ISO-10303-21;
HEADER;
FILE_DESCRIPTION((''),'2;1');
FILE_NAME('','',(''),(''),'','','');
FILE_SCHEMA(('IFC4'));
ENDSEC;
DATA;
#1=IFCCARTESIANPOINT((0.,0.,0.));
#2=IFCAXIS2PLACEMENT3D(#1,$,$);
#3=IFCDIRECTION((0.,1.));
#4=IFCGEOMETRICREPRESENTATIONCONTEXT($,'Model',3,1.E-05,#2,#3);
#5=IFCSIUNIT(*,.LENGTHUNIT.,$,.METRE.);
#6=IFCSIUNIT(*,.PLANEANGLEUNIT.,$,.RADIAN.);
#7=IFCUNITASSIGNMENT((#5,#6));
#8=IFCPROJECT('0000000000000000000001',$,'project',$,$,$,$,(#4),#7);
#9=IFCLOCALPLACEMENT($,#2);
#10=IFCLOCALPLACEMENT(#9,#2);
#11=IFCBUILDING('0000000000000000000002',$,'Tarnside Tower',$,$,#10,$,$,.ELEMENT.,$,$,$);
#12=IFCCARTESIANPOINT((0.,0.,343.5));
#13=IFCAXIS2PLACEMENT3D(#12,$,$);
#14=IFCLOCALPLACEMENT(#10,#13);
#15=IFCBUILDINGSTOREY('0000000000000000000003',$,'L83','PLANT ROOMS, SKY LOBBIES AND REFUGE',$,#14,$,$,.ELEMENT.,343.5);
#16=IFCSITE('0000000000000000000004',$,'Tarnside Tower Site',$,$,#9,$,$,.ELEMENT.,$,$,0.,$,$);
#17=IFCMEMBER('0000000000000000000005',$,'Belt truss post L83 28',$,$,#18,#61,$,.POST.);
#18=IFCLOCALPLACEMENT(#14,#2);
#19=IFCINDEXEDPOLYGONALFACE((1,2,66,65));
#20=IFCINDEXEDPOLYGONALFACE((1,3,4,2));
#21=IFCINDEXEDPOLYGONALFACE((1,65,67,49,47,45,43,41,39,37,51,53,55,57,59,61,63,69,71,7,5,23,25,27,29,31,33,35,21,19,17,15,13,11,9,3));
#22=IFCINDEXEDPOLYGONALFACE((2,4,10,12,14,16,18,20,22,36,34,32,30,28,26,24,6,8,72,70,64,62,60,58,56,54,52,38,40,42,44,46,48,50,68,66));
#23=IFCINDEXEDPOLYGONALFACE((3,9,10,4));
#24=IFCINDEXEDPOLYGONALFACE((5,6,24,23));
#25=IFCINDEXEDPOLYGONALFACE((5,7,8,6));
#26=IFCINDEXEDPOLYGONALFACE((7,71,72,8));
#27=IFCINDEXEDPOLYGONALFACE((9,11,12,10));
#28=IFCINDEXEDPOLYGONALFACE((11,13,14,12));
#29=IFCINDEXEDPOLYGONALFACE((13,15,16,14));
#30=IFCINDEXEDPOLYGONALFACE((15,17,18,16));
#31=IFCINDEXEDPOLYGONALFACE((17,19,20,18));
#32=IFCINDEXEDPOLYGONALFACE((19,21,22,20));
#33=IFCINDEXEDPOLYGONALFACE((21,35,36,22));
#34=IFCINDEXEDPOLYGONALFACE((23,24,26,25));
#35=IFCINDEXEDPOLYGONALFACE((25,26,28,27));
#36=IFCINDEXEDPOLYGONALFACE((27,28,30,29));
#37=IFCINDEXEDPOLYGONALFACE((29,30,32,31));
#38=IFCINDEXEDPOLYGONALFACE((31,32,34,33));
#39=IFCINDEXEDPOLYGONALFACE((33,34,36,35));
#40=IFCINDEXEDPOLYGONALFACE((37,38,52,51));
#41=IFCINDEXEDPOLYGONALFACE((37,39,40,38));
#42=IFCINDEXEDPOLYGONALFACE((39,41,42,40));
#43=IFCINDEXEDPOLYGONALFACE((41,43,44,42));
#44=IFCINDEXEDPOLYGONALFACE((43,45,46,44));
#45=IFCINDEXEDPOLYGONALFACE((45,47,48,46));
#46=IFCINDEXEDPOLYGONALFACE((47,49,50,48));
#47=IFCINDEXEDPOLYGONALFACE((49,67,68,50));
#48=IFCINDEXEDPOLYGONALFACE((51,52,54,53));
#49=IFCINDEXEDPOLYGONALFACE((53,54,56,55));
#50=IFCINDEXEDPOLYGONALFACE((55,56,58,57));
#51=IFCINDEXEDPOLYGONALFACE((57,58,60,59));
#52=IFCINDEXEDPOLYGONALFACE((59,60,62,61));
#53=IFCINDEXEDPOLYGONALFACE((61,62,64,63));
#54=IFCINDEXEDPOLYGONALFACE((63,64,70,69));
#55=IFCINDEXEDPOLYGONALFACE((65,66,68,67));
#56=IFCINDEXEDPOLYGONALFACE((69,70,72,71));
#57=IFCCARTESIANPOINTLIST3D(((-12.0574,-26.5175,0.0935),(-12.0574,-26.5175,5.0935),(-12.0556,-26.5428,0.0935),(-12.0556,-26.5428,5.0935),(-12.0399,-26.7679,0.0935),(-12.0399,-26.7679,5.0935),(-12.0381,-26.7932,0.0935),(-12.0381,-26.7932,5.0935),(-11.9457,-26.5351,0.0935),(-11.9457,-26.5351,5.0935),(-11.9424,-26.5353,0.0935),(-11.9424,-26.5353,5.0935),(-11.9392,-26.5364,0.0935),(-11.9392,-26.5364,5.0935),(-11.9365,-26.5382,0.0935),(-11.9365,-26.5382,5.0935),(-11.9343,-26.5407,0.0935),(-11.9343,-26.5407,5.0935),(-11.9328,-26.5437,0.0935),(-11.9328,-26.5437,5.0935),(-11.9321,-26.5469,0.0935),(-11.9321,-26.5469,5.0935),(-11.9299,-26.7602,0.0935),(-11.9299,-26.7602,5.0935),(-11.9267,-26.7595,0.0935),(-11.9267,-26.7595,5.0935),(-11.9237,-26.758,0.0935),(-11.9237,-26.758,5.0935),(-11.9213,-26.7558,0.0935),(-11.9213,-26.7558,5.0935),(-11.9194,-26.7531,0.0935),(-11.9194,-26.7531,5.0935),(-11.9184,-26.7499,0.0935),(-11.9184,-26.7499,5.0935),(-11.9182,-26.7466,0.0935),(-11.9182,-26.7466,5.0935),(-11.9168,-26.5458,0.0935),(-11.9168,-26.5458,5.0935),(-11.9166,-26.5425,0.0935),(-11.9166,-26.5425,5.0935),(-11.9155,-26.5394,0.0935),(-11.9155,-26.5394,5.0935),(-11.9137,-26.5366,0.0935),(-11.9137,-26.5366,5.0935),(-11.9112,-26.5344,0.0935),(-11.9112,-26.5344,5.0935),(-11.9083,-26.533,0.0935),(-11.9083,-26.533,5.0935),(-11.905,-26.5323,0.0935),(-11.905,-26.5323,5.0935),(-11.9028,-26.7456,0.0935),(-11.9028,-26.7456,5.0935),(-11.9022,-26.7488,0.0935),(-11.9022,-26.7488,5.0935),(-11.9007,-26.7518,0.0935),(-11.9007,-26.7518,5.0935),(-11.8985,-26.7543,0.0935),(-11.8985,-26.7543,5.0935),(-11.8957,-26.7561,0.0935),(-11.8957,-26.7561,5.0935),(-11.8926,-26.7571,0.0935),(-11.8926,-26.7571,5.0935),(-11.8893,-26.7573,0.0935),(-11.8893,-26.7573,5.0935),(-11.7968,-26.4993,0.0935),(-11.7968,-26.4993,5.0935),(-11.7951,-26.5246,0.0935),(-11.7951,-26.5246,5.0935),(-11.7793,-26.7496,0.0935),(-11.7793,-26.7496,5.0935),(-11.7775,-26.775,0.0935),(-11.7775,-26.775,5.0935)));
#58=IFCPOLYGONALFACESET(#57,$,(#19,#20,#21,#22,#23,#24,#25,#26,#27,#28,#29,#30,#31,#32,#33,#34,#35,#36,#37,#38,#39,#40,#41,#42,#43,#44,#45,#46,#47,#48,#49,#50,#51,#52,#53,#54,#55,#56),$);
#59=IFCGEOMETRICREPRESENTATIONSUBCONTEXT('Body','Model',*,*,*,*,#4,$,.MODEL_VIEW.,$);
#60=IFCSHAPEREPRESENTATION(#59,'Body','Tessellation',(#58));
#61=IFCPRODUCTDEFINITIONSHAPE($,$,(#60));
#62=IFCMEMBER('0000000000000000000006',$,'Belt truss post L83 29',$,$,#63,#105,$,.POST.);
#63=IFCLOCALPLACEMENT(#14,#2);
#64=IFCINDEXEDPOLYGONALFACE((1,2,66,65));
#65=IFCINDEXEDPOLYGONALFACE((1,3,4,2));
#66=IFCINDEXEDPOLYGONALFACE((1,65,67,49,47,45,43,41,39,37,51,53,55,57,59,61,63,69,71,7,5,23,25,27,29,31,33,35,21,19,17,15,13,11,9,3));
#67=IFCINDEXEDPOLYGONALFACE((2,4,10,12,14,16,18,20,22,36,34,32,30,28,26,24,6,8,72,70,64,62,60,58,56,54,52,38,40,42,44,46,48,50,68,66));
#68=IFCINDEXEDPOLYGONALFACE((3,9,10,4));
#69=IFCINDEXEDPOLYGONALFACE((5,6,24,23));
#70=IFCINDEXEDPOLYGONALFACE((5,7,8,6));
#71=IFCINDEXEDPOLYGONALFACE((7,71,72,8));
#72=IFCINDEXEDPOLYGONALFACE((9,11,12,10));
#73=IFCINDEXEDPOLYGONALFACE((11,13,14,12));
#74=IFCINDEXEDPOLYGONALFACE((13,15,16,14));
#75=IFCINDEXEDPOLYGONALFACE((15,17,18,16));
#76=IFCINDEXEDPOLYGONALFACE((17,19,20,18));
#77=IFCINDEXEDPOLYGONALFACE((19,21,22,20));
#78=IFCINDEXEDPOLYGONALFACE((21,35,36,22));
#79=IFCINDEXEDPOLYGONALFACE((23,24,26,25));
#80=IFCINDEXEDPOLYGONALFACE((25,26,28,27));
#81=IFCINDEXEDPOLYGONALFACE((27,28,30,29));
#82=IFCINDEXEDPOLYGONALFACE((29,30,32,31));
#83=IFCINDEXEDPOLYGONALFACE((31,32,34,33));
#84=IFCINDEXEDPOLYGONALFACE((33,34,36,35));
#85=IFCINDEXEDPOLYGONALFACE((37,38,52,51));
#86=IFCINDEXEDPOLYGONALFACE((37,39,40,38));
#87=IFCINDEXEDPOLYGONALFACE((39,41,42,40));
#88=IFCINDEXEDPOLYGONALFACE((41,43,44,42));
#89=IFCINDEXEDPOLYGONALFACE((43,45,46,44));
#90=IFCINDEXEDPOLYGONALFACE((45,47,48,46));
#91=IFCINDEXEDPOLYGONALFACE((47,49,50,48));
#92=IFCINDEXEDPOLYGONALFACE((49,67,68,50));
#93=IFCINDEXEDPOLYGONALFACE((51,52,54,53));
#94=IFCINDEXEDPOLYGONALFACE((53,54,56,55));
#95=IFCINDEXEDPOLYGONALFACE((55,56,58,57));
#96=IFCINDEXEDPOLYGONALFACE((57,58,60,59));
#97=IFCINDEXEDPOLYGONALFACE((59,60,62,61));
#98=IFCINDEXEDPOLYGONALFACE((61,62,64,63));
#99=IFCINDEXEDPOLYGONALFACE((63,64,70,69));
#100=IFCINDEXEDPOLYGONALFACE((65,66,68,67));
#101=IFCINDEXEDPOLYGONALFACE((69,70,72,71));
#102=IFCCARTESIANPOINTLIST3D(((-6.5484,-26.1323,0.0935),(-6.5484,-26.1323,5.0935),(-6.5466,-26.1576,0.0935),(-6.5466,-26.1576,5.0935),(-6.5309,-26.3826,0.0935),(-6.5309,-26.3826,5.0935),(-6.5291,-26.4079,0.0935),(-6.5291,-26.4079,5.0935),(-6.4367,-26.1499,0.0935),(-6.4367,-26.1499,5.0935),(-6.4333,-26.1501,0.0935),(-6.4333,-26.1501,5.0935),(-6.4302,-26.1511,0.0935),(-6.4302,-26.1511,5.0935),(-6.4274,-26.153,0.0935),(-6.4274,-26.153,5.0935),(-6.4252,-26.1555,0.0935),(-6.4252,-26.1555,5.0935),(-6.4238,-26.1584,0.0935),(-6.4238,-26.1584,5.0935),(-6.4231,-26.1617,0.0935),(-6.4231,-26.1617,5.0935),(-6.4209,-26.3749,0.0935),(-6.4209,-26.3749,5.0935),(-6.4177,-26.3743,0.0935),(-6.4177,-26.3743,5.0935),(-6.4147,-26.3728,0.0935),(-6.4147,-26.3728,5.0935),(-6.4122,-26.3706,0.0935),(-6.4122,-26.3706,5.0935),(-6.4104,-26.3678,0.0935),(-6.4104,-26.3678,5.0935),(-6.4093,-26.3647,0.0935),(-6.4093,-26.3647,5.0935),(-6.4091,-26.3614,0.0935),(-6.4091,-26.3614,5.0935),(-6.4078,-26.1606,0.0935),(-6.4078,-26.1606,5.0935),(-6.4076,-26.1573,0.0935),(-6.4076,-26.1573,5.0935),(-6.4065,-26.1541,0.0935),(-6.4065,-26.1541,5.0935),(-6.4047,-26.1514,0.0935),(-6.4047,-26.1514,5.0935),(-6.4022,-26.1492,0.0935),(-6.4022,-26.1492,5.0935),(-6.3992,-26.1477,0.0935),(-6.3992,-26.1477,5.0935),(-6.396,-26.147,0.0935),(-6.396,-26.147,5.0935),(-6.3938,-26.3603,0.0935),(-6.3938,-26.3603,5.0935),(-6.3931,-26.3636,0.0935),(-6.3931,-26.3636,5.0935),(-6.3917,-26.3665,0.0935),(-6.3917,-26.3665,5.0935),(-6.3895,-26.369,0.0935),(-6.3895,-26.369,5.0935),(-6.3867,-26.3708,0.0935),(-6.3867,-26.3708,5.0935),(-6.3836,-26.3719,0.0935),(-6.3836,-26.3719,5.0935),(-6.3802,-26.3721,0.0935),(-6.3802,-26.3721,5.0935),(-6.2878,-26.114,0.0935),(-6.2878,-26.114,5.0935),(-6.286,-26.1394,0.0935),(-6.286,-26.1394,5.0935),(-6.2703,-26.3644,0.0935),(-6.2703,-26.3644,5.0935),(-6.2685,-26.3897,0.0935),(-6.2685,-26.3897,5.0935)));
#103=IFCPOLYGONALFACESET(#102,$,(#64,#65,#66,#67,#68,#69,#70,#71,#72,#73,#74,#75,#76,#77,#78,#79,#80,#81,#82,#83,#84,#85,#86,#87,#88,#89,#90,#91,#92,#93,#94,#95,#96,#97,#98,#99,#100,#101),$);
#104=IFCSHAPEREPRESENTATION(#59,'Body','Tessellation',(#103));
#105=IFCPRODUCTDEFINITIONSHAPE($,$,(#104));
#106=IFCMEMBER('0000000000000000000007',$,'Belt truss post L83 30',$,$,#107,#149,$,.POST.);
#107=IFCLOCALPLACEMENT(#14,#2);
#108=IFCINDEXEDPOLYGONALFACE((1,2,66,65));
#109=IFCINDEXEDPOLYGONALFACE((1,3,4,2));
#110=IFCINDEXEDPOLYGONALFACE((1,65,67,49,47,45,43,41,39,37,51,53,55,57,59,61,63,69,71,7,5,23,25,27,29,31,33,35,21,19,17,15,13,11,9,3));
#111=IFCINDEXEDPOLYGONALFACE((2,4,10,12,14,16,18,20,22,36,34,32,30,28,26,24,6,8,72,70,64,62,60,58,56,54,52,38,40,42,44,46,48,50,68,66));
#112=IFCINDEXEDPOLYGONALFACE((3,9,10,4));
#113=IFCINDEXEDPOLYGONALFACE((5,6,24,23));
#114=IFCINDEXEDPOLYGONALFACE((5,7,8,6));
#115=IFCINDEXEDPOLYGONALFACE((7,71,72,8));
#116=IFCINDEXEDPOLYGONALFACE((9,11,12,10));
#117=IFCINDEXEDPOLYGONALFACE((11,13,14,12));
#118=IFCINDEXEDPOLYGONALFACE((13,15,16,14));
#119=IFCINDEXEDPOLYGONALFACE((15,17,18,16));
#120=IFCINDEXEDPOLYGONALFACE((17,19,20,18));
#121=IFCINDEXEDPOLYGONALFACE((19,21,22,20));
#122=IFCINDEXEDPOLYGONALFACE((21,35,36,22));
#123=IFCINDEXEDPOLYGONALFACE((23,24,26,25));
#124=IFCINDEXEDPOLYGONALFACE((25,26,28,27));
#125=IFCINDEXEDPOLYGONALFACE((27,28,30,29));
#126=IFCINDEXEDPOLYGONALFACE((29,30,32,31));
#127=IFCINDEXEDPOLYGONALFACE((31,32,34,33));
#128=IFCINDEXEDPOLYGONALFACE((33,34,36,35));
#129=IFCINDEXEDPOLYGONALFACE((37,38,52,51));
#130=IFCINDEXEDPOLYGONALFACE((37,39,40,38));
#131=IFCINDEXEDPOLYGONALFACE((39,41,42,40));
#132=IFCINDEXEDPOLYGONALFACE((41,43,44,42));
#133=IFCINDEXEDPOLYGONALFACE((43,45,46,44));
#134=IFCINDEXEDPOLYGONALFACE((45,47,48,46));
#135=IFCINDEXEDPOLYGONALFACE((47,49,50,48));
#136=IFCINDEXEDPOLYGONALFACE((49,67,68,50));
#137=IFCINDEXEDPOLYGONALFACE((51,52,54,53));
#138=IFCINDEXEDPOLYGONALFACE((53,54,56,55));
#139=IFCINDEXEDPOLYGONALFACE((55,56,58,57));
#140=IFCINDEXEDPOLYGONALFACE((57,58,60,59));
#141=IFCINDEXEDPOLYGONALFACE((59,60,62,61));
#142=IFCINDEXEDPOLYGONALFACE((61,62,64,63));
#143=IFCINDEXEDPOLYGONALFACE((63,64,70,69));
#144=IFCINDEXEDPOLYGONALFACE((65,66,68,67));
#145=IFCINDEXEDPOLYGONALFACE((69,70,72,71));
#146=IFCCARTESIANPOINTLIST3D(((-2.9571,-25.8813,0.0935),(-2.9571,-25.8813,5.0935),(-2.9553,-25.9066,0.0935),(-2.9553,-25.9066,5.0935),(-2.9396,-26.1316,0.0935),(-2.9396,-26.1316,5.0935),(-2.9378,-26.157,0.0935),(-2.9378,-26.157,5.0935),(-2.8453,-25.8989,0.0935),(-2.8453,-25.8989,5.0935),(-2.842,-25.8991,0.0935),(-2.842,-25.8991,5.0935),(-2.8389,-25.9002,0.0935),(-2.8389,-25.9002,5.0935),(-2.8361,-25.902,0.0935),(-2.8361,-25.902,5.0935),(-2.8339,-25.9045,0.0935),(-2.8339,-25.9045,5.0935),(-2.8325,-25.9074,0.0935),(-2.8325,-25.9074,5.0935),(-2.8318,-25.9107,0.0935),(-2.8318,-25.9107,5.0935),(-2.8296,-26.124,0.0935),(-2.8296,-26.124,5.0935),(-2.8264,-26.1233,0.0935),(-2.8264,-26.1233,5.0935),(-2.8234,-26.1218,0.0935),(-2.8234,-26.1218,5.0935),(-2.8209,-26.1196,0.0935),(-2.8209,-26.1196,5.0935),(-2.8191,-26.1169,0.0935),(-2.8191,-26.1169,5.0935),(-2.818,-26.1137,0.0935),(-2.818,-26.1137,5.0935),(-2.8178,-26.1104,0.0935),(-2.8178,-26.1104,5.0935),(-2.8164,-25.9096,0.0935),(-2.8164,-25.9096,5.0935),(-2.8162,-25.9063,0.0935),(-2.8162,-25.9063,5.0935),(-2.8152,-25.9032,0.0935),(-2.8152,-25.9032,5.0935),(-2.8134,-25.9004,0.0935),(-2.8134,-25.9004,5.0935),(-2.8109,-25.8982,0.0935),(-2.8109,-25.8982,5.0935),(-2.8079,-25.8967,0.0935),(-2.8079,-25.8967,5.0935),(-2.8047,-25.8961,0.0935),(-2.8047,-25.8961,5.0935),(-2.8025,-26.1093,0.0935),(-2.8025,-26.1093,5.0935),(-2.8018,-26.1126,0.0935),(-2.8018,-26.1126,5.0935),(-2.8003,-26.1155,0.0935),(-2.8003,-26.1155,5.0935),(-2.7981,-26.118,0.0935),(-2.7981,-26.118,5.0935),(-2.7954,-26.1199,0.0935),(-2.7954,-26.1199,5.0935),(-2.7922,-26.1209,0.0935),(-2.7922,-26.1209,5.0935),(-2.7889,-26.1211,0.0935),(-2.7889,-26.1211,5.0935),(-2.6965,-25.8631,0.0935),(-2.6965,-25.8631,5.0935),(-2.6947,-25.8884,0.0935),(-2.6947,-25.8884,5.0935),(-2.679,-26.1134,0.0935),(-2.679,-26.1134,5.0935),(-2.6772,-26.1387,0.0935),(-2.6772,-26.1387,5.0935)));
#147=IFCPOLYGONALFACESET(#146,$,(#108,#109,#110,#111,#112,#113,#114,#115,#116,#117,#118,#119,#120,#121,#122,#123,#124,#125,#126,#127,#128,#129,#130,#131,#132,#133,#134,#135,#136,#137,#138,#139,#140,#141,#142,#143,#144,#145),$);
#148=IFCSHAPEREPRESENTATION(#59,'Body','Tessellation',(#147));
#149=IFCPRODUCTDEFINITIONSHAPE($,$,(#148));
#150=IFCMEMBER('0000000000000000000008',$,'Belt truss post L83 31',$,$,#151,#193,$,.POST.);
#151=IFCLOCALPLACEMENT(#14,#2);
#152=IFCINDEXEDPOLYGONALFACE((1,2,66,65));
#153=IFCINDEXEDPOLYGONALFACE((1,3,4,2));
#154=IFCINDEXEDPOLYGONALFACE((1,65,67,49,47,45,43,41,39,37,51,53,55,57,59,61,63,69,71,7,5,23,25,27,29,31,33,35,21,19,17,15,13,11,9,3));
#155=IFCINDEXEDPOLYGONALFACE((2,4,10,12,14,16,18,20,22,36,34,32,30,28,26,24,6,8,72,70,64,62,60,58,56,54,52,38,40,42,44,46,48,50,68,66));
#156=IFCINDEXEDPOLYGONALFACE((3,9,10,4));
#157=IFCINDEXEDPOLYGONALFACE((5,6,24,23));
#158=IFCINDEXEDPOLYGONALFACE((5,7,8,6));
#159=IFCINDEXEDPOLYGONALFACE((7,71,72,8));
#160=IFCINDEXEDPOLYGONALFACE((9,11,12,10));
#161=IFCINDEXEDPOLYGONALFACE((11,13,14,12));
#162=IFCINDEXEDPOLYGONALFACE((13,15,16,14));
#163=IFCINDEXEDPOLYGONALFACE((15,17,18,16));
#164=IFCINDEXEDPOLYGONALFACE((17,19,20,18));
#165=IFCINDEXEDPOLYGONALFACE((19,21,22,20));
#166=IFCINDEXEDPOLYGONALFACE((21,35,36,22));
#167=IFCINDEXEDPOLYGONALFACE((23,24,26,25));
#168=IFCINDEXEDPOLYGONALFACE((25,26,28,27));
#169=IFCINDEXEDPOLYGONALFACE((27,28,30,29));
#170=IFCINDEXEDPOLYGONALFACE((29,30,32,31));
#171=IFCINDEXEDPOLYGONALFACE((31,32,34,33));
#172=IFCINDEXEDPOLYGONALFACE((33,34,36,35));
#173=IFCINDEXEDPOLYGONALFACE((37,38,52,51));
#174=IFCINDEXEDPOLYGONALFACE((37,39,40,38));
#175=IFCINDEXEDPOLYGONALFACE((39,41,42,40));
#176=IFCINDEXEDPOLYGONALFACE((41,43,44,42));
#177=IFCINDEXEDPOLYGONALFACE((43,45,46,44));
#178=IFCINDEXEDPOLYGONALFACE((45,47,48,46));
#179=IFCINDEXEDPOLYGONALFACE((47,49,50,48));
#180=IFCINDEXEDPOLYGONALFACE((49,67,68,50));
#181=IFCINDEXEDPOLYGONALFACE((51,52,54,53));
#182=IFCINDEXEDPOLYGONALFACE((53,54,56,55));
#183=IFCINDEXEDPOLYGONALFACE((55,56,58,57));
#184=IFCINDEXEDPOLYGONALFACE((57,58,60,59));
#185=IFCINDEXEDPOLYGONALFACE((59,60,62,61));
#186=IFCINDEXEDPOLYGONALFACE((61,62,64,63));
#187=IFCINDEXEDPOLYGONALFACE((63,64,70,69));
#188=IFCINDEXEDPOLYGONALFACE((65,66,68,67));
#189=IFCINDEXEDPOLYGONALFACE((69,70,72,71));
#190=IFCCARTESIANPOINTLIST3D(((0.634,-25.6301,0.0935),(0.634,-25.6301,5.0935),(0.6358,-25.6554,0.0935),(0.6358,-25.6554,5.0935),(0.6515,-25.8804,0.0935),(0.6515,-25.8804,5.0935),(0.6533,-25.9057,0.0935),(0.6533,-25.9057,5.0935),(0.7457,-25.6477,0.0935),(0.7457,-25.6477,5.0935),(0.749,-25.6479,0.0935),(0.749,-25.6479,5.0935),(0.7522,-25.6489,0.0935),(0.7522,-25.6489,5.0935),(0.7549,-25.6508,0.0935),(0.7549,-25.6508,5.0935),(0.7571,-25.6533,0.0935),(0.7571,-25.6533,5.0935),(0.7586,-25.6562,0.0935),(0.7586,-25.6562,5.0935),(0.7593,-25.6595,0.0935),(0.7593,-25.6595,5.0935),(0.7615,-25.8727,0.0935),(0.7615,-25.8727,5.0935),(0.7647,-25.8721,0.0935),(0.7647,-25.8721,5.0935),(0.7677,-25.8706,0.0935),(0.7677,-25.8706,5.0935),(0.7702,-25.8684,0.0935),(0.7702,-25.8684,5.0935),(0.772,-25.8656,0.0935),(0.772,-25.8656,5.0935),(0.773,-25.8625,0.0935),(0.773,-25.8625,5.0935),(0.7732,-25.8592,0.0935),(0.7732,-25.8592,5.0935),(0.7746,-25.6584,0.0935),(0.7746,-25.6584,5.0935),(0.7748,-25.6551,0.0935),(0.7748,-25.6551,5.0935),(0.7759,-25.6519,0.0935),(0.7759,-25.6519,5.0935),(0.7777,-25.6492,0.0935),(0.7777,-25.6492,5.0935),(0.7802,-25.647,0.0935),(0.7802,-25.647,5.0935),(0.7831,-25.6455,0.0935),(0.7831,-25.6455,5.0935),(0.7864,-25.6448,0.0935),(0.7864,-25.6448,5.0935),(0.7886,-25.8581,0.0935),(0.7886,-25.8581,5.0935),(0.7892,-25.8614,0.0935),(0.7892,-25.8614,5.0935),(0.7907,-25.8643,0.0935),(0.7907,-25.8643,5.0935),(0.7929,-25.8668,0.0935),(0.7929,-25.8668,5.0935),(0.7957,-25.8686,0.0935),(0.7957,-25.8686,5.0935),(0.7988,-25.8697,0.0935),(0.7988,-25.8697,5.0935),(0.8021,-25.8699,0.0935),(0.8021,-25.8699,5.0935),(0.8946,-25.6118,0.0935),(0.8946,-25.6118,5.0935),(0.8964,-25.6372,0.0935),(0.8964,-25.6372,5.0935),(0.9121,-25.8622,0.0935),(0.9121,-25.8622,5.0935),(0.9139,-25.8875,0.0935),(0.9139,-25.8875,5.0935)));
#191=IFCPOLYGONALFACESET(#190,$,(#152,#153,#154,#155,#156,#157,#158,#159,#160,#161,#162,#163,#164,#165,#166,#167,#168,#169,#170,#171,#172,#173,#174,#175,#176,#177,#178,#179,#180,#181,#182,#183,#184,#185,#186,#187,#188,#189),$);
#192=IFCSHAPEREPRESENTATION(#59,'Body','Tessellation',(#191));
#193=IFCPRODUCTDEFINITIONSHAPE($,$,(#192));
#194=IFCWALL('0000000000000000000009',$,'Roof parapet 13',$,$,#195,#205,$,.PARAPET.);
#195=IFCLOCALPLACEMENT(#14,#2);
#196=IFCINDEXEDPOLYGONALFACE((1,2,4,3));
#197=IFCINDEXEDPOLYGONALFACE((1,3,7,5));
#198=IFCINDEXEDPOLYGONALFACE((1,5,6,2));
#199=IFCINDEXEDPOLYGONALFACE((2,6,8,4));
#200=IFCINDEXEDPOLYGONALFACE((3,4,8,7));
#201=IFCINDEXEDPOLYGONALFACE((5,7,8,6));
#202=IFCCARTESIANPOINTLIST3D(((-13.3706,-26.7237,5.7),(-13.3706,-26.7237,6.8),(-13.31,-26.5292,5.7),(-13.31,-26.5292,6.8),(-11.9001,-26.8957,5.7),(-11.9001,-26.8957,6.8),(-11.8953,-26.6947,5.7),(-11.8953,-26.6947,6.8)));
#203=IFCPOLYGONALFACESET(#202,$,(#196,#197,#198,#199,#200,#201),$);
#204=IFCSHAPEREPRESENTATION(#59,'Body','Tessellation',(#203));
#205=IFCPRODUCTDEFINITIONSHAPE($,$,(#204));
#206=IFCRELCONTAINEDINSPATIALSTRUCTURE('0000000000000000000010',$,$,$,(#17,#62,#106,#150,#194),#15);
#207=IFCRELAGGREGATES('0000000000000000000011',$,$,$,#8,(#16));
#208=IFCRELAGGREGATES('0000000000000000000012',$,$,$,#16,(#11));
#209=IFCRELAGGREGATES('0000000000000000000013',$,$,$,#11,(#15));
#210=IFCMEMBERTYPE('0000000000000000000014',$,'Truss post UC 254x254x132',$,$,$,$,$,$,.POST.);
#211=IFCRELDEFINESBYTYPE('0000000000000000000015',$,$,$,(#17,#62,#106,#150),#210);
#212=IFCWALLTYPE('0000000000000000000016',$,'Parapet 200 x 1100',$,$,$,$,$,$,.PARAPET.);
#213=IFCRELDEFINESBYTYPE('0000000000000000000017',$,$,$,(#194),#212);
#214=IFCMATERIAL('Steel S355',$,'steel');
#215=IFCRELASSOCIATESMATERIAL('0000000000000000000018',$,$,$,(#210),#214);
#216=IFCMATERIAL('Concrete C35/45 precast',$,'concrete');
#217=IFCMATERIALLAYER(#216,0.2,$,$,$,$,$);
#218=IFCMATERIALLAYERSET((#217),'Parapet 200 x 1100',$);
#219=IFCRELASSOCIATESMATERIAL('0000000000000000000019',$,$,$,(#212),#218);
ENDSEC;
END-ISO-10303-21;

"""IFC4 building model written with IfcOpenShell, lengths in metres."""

from ifc_helpers import new_model, si_unit, direction, frame, origin, origin_2d, place, context, subcontext, project, spatial, polyline, i_section, outline, extrude, material, layer, layer_set, material_profile, profile_set, type_object, element, save


model = new_model("IFC4")

# Units and contexts
model_context = context("Model", 3, precision=1e-05, world=origin(), true_north=direction((0.0, 1.0)))
body_context = subcontext(model_context, "Body", "Model", "MODEL_VIEW")
ifc_project = project(units=[si_unit("LENGTHUNIT", "METRE"), si_unit("PLANEANGLEUNIT", "RADIAN")], contexts=[model_context])

# Site, building, storey
site_placement = place(None, origin())
site = spatial("IfcSite", under=ifc_project, at=site_placement, Name="Tarnside Tower Site", CompositionType="ELEMENT", RefElevation=0.0)
building_placement = place(site_placement, origin())
building = spatial("IfcBuilding", under=site, at=building_placement, Name="Tarnside Tower", CompositionType="ELEMENT")
storey_placement = place(building_placement, frame((0.0, 0.0, 343.5)))
storey = spatial("IfcBuildingStorey", under=building, at=storey_placement, Name="L83", Description="PLANT ROOMS, SKY LOBBIES AND REFUGE", CompositionType="ELEMENT", Elevation=343.5)

# Shared definitions
ifc_material_1 = material(Name="Steel S355", Category="steel")

# Members
ifc_material_profile_1 = material_profile(ifc_material_1, i_section(OverallWidth=0.2612, OverallDepth=0.2764, WebThickness=0.0154, FlangeThickness=0.0254, FilletRadius=0.0127, at=origin_2d()), Name="UC 254x254x132")
ifc_profile_set_1 = profile_set([ifc_material_profile_1], Name="Steel S355")
member_type_1 = type_object("IfcMemberType", Name="Truss post UC 254x254x132", PredefinedType="POST", material=ifc_profile_set_1)
for number, where, z_axis, x_axis, name in (
    (1, (-11.9175, -26.6462, 0.0935), (0.0, 0.0, 1.0), (0.997564, 0.069756, 0.0), "Belt truss post L83 28"),
    (2, (-6.4084, -26.261, 0.0935), (0.0, 0.0, 1.0), (0.997564, 0.069756, 0.0), "Belt truss post L83 29"),
    (3, (-2.8171, -26.01, 0.0935), (0.0, 0.0, 1.0), (0.997564, 0.069756, 0.0), "Belt truss post L83 30"),
    (4, (0.7739, -25.7588, 0.0935), (0.0, 0.0, 1.0), (0.997564, 0.069756, 0.0), "Belt truss post L83 31"),
):
    element("IfcMember", number, at=place(storey_placement, frame(where, z_axis=z_axis, x_axis=x_axis)), inside=storey, type_object=member_type_1, Name=name, PredefinedType="POST", context=body_context, shape_type="SweptSolid", body=[
        extrude(i_section(OverallWidth=0.2612, OverallDepth=0.2764, WebThickness=0.0154, FlangeThickness=0.0254, FilletRadius=0.0127, at=origin_2d()), origin(), (0.0, 0.0, 1.0), 5.0),
    ])

# Wall
ifc_material_2 = material(Name="Concrete C35/45 precast", Category="concrete")
ifc_layer_1 = layer(ifc_material_2, 0.2)
ifc_layer_set_1 = layer_set([ifc_layer_1], Name="Parapet 200 x 1100")
wall_type_1 = type_object("IfcWallType", Name="Parapet 200 x 1100", PredefinedType="PARAPET", material=ifc_layer_set_1)
wall_1_placement = place(storey_placement, frame((-11.8977, -26.7952, 5.7), z_axis=(0.0, 0.0, 1.0), x_axis=(-0.993232, 0.116149, 0.0)))
element("IfcWall", 5, at=wall_1_placement, inside=storey, type_object=wall_type_1, Name="Roof parapet 13", PredefinedType="PARAPET", context=body_context, shape_type="SweptSolid", body=[
    extrude(outline(polyline([(0.0093, -0.1001), (1.4336, -0.1001), (1.4712, 0.1001), (-0.0093, 0.1001), (0.0093, -0.1001)])), origin(), (0.0, 0.0, 1.0), 1.1001),
])

save(model, "model.ifc")
